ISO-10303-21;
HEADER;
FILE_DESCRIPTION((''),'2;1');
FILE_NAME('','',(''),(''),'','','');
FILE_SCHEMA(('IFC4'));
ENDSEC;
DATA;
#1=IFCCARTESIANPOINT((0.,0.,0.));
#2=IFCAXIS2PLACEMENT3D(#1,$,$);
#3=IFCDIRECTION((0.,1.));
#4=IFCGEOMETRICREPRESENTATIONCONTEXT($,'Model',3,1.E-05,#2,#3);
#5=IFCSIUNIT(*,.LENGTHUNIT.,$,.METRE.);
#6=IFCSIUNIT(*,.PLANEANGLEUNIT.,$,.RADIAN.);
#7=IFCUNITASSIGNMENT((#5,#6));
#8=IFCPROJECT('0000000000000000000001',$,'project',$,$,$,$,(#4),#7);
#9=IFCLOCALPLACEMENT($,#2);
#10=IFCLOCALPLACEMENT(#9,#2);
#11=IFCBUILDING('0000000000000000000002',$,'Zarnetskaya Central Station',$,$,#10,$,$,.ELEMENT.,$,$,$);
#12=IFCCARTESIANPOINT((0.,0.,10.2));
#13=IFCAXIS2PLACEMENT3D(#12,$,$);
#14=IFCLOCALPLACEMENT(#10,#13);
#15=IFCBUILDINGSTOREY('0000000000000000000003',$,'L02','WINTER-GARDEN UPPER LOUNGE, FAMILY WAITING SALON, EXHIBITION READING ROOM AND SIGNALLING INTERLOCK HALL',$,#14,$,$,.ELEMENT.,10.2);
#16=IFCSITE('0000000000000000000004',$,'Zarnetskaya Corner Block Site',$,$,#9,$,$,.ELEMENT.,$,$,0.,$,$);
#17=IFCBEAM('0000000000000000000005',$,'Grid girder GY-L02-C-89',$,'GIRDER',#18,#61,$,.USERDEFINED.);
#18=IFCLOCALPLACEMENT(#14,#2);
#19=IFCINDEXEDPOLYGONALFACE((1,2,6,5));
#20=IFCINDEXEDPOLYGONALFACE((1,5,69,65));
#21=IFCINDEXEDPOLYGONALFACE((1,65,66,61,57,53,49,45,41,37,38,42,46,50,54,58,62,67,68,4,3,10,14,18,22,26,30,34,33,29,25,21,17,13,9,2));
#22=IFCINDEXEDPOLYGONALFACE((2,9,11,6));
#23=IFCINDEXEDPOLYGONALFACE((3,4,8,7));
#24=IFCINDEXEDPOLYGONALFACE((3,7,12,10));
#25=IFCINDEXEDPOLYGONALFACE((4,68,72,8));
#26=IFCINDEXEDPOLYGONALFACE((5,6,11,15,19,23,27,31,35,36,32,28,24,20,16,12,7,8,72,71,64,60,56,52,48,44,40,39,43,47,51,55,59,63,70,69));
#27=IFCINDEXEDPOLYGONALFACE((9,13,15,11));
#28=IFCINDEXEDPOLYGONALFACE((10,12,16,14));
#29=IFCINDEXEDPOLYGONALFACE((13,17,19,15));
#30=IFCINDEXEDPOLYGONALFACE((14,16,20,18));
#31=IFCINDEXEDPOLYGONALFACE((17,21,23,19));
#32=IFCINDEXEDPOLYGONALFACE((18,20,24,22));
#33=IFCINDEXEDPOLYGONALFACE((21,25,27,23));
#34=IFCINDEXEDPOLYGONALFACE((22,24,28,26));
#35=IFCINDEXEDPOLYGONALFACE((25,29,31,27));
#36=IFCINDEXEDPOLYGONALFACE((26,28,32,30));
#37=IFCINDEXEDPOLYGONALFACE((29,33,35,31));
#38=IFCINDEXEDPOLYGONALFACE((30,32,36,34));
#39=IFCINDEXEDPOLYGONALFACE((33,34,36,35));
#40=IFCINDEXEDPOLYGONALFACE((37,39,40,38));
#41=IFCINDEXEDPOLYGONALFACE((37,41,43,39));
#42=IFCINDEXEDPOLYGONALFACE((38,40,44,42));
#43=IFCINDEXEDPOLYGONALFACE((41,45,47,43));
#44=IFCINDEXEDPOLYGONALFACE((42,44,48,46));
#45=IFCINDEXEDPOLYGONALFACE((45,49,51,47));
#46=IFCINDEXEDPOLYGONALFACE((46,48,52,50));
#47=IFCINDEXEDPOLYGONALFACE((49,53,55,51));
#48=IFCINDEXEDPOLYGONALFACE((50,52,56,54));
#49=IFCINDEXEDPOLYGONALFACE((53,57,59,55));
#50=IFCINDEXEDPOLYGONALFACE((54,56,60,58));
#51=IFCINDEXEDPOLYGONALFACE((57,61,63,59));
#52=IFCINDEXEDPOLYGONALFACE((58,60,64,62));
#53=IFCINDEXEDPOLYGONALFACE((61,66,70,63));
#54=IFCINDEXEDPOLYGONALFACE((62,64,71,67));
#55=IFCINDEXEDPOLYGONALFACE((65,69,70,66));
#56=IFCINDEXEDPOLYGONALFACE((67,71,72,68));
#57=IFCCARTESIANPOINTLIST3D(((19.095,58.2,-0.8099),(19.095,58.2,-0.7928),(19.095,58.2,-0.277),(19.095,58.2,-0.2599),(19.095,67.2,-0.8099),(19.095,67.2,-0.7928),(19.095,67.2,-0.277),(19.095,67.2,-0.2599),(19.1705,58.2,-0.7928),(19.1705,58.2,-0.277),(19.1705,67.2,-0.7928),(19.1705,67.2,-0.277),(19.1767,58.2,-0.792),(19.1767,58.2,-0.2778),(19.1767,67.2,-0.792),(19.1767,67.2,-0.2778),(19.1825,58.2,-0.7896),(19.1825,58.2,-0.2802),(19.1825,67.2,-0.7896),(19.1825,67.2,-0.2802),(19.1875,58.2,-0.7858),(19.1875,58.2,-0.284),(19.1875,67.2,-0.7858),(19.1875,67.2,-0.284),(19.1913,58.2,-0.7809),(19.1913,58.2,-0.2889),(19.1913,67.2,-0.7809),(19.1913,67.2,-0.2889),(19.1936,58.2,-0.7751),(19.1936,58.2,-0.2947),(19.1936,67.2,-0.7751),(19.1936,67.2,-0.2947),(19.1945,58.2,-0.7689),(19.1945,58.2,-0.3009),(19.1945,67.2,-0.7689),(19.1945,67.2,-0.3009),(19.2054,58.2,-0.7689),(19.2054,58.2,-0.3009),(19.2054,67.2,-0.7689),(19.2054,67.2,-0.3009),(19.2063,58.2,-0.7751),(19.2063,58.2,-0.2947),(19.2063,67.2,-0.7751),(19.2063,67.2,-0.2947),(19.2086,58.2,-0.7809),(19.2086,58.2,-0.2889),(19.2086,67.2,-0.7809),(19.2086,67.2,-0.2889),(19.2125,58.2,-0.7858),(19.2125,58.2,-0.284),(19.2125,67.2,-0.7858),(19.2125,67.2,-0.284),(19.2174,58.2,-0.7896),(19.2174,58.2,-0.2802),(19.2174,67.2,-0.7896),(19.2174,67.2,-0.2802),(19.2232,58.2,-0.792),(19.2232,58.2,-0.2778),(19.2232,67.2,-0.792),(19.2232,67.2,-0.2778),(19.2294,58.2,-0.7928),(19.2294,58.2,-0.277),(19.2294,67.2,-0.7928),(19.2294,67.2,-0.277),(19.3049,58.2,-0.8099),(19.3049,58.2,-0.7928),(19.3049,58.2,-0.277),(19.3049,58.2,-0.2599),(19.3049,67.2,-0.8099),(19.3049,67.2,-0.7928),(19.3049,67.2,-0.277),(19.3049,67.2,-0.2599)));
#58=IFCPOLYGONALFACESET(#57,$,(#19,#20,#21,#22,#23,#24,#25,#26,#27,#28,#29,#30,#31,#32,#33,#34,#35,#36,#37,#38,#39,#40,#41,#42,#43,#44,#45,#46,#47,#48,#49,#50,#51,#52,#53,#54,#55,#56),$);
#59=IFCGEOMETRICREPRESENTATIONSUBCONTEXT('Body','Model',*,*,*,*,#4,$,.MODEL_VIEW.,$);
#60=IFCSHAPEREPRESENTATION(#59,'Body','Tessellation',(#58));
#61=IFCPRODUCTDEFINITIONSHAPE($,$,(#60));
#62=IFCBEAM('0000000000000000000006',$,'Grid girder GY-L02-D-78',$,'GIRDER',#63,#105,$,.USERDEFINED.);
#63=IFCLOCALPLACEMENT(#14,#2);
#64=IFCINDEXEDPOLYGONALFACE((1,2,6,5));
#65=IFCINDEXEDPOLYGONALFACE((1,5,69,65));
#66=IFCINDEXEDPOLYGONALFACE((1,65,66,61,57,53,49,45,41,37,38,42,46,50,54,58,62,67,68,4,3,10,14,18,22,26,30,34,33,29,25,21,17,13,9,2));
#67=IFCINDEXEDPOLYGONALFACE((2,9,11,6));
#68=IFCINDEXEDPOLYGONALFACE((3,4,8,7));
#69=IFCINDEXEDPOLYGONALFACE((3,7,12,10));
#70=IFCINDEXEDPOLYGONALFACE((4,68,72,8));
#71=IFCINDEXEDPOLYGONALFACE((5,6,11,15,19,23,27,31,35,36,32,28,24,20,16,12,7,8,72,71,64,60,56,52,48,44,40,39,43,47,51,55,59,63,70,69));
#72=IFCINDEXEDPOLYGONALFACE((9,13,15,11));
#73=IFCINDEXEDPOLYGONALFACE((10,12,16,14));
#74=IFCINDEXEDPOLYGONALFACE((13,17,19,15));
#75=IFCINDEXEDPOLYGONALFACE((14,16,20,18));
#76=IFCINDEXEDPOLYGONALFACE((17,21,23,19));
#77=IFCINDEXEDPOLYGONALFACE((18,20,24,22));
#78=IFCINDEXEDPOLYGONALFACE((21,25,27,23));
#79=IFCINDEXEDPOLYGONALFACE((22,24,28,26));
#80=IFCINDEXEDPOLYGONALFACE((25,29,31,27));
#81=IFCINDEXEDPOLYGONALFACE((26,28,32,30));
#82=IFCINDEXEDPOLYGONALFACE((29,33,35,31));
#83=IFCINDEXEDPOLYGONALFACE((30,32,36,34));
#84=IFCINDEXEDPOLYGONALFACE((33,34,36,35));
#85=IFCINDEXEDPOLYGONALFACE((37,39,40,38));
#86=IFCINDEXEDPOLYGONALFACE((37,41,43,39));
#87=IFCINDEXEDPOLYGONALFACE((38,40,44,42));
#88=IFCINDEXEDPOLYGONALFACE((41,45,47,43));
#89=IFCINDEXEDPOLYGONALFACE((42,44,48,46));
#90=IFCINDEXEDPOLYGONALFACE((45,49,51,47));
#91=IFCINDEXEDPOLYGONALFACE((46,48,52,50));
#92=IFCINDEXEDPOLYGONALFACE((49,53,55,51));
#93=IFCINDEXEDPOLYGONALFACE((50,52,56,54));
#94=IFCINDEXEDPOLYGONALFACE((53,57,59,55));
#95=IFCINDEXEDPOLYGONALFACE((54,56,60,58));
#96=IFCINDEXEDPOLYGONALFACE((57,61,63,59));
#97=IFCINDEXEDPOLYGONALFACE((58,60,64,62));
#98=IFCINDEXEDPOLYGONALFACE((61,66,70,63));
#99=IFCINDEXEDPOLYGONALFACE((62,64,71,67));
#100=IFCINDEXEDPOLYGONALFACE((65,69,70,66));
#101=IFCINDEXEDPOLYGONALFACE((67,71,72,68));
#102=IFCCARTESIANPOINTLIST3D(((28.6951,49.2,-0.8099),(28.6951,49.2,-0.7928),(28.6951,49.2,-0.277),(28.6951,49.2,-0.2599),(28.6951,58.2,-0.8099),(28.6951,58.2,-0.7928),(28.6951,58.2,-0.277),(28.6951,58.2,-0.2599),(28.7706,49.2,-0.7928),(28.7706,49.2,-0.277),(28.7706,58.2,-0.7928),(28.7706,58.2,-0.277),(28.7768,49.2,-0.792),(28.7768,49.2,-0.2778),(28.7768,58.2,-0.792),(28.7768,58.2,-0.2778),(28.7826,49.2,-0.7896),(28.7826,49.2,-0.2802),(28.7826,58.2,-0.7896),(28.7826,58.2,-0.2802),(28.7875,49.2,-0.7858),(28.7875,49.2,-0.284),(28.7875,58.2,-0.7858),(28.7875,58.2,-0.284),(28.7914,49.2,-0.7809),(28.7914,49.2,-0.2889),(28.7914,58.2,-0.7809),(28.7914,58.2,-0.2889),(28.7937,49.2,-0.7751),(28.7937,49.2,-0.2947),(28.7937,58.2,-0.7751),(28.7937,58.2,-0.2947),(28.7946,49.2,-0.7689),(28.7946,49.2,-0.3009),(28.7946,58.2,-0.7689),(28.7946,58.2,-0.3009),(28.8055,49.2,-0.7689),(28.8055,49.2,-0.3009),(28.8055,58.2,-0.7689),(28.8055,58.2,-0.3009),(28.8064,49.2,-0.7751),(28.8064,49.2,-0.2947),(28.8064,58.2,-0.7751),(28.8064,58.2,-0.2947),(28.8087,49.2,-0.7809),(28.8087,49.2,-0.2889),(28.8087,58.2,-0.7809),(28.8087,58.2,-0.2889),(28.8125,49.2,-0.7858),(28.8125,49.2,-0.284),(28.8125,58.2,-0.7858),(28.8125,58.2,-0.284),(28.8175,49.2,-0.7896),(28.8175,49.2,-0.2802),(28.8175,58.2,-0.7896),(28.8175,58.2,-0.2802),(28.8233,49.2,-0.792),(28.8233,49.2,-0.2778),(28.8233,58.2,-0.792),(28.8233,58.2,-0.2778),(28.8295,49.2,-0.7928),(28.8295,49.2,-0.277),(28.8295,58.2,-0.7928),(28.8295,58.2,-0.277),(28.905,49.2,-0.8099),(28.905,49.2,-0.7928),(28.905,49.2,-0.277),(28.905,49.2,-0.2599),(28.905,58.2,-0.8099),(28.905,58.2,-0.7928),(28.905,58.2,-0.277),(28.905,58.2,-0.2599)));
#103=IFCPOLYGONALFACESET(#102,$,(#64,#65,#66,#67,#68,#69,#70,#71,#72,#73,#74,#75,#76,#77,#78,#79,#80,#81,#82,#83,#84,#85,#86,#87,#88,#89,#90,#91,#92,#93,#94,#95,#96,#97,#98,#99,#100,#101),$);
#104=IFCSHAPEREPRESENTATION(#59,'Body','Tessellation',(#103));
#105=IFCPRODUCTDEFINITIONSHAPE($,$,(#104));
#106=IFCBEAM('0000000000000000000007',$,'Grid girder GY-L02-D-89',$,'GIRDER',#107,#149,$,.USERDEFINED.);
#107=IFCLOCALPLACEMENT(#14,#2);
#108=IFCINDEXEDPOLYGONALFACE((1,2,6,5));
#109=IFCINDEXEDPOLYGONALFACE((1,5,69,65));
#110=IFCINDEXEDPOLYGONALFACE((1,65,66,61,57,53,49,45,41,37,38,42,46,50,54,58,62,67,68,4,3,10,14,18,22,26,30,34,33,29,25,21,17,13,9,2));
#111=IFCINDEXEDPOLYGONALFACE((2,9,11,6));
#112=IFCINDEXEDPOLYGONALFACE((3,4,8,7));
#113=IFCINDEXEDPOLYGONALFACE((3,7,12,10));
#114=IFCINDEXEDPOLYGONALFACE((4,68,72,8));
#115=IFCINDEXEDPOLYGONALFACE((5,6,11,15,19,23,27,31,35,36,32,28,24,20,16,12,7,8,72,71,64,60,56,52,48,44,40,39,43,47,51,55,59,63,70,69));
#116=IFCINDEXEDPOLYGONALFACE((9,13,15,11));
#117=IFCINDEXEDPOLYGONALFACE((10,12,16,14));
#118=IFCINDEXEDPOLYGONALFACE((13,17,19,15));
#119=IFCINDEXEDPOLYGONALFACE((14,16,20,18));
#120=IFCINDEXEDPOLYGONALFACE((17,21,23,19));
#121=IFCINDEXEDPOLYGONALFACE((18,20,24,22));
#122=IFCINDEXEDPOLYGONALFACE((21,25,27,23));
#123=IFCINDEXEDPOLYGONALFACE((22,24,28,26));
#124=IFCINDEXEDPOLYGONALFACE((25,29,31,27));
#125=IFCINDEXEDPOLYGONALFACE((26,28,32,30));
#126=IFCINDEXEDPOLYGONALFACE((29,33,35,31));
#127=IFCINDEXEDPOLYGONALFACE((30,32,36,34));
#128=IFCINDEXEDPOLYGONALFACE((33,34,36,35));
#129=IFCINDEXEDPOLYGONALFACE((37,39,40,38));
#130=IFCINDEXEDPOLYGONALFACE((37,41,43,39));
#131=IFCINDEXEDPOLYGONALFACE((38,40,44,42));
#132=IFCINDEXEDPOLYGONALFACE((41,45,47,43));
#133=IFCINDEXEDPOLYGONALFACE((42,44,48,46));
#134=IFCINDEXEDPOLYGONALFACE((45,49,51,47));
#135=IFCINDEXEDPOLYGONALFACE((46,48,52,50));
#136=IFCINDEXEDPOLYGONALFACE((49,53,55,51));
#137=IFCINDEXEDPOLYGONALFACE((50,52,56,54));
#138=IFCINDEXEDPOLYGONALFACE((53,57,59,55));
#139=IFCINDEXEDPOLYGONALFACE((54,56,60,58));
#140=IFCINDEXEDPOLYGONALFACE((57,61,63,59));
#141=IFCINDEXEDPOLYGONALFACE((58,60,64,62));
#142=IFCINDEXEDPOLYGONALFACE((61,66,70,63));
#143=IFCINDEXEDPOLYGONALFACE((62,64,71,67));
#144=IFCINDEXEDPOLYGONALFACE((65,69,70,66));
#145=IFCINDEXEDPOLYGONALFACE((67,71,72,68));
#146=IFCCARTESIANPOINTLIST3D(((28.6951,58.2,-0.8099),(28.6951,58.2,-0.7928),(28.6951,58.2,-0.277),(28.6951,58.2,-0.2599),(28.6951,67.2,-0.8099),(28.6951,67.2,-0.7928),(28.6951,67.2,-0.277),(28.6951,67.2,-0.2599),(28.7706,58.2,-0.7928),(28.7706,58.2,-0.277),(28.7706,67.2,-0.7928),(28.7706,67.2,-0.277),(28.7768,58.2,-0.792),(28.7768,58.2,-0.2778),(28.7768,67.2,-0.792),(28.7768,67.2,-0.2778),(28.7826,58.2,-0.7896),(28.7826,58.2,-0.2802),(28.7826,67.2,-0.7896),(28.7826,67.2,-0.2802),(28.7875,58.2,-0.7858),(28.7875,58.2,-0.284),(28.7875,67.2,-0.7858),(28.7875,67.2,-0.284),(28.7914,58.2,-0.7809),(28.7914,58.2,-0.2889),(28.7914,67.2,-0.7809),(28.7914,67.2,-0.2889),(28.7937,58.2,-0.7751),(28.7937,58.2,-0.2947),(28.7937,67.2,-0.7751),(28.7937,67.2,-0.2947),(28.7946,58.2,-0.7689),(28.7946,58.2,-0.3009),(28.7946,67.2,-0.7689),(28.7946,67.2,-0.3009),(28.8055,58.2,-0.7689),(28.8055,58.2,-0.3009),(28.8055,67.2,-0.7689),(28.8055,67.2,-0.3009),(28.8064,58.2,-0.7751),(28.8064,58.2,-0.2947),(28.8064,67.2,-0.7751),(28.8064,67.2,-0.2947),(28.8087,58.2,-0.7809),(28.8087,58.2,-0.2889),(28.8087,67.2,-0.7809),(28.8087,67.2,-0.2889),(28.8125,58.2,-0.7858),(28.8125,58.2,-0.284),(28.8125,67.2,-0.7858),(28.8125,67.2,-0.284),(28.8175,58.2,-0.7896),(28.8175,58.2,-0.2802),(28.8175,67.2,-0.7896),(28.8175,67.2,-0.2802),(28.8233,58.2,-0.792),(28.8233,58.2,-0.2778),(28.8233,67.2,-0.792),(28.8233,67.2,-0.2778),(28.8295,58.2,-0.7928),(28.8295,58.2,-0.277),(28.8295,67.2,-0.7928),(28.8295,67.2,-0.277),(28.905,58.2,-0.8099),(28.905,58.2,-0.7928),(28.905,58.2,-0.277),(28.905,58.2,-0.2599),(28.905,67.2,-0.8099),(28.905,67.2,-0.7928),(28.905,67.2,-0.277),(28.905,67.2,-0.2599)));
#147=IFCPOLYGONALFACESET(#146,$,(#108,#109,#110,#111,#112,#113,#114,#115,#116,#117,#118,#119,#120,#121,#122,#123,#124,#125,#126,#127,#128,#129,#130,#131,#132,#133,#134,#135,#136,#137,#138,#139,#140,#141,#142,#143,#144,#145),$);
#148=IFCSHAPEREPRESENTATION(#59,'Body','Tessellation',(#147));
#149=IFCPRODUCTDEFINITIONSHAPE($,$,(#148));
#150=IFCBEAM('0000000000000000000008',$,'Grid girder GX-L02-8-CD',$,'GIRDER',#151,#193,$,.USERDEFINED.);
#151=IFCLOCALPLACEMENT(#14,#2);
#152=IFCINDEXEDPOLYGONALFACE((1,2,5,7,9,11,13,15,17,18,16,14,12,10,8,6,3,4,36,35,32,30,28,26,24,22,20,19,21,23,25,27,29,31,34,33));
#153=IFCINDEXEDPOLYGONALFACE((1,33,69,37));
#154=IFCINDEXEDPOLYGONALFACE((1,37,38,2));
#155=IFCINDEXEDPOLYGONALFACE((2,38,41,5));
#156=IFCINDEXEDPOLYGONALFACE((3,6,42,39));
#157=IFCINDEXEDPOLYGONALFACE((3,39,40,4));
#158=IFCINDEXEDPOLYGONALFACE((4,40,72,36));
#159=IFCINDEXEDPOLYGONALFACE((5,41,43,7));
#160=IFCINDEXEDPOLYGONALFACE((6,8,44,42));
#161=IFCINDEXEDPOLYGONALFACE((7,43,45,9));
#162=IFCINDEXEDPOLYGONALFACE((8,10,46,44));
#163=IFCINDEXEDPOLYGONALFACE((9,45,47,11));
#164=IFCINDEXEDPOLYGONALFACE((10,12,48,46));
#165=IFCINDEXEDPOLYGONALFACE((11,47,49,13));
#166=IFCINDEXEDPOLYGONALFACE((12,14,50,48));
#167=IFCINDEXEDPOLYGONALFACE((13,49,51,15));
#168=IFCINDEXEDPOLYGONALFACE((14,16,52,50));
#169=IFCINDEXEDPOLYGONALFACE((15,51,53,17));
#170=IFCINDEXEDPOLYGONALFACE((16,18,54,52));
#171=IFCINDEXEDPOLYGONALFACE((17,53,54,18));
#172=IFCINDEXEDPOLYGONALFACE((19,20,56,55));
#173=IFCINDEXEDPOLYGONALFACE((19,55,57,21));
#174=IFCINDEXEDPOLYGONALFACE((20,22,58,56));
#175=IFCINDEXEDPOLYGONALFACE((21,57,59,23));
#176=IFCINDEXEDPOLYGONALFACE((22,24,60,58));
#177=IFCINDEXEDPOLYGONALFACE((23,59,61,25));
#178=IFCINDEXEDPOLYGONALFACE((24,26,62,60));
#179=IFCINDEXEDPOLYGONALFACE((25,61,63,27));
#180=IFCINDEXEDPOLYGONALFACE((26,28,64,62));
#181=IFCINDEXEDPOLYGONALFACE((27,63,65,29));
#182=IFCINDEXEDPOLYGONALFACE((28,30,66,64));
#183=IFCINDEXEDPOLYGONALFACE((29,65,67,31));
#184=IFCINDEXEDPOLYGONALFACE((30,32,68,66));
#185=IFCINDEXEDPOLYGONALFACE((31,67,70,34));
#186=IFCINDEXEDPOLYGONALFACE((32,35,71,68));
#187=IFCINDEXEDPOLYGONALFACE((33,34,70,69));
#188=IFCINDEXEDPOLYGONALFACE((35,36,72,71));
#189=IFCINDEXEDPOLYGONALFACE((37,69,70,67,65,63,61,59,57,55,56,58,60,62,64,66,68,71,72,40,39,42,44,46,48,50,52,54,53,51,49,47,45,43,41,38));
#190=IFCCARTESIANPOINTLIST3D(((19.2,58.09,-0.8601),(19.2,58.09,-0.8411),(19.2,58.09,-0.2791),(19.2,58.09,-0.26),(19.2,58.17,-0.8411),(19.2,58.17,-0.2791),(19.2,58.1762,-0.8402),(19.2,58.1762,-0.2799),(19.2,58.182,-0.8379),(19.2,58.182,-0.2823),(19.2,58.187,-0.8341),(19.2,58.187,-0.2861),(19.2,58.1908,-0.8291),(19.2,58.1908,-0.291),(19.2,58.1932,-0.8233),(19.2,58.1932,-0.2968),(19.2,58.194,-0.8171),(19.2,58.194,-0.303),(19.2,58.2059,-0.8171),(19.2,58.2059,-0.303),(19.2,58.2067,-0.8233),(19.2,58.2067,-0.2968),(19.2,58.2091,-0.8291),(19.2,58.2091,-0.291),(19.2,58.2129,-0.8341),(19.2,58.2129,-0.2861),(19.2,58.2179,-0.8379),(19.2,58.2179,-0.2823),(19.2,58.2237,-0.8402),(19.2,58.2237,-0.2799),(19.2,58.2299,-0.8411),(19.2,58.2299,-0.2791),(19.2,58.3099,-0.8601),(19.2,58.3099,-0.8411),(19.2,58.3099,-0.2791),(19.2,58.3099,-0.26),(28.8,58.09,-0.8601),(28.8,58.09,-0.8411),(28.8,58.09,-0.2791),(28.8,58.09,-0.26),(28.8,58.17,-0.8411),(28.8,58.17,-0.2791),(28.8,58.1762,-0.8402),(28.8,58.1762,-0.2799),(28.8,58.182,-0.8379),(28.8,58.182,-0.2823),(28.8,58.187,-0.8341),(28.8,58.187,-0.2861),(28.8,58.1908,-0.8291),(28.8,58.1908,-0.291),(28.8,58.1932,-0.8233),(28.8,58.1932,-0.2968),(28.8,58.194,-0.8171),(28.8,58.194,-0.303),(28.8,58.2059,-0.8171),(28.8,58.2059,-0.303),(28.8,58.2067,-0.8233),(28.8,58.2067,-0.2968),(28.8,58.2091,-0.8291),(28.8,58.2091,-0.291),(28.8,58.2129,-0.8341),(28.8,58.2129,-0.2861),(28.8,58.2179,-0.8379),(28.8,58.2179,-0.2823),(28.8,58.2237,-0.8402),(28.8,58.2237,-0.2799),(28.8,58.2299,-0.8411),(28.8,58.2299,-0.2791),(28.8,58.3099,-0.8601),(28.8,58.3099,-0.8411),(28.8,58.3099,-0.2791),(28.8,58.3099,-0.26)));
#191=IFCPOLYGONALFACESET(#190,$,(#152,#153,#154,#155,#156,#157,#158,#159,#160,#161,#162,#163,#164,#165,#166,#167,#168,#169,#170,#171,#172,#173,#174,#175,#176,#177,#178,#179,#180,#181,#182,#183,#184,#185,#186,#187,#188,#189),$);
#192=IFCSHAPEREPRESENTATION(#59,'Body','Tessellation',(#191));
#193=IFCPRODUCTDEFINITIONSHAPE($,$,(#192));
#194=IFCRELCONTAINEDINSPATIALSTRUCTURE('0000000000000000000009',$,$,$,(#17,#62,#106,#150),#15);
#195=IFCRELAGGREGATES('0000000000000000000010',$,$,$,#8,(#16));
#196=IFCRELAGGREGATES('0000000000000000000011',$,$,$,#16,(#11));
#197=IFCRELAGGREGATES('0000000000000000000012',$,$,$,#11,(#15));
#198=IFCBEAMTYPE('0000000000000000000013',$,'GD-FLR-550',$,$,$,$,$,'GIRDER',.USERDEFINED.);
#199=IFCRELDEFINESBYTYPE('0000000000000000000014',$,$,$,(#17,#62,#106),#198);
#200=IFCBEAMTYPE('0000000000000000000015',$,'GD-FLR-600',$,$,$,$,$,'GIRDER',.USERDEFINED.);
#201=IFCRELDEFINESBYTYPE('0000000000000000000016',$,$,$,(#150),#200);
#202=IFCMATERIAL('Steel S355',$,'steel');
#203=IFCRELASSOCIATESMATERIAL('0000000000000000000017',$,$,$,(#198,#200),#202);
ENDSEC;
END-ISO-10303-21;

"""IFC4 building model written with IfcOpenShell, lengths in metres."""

from ifc_helpers import new_model, si_unit, direction, frame, origin, origin_2d, place, context, subcontext, project, spatial, i_section, extrude, material, material_profile, profile_set, type_object, element, save


model = new_model("IFC4")

# Units and contexts
model_context = context("Model", 3, precision=1e-05, world=origin(), true_north=direction((0.0, 1.0)))
body_context = subcontext(model_context, "Body", "Model", "MODEL_VIEW")
ifc_project = project(units=[si_unit("LENGTHUNIT", "METRE"), si_unit("PLANEANGLEUNIT", "RADIAN")], contexts=[model_context])

# Site, building, storey
site_placement = place(None, origin())
site = spatial("IfcSite", under=ifc_project, at=site_placement, Name="Zarnetskaya Corner Block Site", CompositionType="ELEMENT", RefElevation=0.0)
building_placement = place(site_placement, origin())
building = spatial("IfcBuilding", under=site, at=building_placement, Name="Zarnetskaya Central Station", CompositionType="ELEMENT")
storey_placement = place(building_placement, frame((0.0, 0.0, 10.2)))
storey = spatial("IfcBuildingStorey", under=building, at=storey_placement, Name="L02", Description="WINTER-GARDEN UPPER LOUNGE, FAMILY WAITING SALON, EXHIBITION READING ROOM AND SIGNALLING INTERLOCK HALL", CompositionType="ELEMENT", Elevation=10.2)

# Shared definitions
ifc_material_1 = material(Name="Steel S355", Category="steel")

# Beams
ifc_material_profile_1 = material_profile(ifc_material_1, i_section(OverallWidth=0.21, OverallDepth=0.55, WebThickness=0.011, FlangeThickness=0.0171, FilletRadius=0.0239, at=origin_2d()), Name="IPE 550")
ifc_profile_set_1 = profile_set([ifc_material_profile_1], Name="Steel S355")
beam_type_1 = type_object("IfcBeamType", Name="GD-FLR-550", ElementType="GIRDER", PredefinedType="USERDEFINED", material=ifc_profile_set_1)
for number, where, z_axis, x_axis, name in (
    (1, (19.2, 58.2, -0.5349), (0.0, 1.0, 0.0), (-1.0, 0.0, 0.0), "Grid girder GY-L02-C-89"),
    (2, (28.8, 49.2, -0.5349), (0.0, 1.0, 0.0), (-1.0, 0.0, 0.0), "Grid girder GY-L02-D-78"),
    (3, (28.8, 58.2, -0.5349), (0.0, 1.0, 0.0), (-1.0, 0.0, 0.0), "Grid girder GY-L02-D-89"),
):
    element("IfcBeam", number, at=place(storey_placement, frame(where, z_axis=z_axis, x_axis=x_axis)), inside=storey, type_object=beam_type_1, Name=name, ObjectType="GIRDER", PredefinedType="USERDEFINED", context=body_context, shape_type="SweptSolid", body=[
        extrude(i_section(OverallWidth=0.21, OverallDepth=0.55, WebThickness=0.011, FlangeThickness=0.0171, FilletRadius=0.0239, at=origin_2d()), origin(), (0.0, 0.0, 1.0), 9.0),
    ])
ifc_material_profile_2 = material_profile(ifc_material_1, i_section(OverallWidth=0.22, OverallDepth=0.6001, WebThickness=0.012, FlangeThickness=0.019, FilletRadius=0.0239, at=origin_2d()), Name="IPE 600")
ifc_profile_set_2 = profile_set([ifc_material_profile_2], Name="Steel S355")
beam_type_2 = type_object("IfcBeamType", Name="GD-FLR-600", ElementType="GIRDER", PredefinedType="USERDEFINED", material=ifc_profile_set_2)
beam_placement = place(storey_placement, frame((19.2, 58.2, -0.5601), z_axis=(1.0, 0.0, 0.0), x_axis=(0.0, 1.0, 0.0)))
element("IfcBeam", 4, at=beam_placement, inside=storey, type_object=beam_type_2, Name="Grid girder GX-L02-8-CD", ObjectType="GIRDER", PredefinedType="USERDEFINED", context=body_context, shape_type="SweptSolid", body=[
    extrude(i_section(OverallWidth=0.22, OverallDepth=0.6001, WebThickness=0.012, FlangeThickness=0.019, FilletRadius=0.0239, at=origin_2d()), origin(), (0.0, 0.0, 1.0), 9.6001),
])

save(model, "model.ifc")
